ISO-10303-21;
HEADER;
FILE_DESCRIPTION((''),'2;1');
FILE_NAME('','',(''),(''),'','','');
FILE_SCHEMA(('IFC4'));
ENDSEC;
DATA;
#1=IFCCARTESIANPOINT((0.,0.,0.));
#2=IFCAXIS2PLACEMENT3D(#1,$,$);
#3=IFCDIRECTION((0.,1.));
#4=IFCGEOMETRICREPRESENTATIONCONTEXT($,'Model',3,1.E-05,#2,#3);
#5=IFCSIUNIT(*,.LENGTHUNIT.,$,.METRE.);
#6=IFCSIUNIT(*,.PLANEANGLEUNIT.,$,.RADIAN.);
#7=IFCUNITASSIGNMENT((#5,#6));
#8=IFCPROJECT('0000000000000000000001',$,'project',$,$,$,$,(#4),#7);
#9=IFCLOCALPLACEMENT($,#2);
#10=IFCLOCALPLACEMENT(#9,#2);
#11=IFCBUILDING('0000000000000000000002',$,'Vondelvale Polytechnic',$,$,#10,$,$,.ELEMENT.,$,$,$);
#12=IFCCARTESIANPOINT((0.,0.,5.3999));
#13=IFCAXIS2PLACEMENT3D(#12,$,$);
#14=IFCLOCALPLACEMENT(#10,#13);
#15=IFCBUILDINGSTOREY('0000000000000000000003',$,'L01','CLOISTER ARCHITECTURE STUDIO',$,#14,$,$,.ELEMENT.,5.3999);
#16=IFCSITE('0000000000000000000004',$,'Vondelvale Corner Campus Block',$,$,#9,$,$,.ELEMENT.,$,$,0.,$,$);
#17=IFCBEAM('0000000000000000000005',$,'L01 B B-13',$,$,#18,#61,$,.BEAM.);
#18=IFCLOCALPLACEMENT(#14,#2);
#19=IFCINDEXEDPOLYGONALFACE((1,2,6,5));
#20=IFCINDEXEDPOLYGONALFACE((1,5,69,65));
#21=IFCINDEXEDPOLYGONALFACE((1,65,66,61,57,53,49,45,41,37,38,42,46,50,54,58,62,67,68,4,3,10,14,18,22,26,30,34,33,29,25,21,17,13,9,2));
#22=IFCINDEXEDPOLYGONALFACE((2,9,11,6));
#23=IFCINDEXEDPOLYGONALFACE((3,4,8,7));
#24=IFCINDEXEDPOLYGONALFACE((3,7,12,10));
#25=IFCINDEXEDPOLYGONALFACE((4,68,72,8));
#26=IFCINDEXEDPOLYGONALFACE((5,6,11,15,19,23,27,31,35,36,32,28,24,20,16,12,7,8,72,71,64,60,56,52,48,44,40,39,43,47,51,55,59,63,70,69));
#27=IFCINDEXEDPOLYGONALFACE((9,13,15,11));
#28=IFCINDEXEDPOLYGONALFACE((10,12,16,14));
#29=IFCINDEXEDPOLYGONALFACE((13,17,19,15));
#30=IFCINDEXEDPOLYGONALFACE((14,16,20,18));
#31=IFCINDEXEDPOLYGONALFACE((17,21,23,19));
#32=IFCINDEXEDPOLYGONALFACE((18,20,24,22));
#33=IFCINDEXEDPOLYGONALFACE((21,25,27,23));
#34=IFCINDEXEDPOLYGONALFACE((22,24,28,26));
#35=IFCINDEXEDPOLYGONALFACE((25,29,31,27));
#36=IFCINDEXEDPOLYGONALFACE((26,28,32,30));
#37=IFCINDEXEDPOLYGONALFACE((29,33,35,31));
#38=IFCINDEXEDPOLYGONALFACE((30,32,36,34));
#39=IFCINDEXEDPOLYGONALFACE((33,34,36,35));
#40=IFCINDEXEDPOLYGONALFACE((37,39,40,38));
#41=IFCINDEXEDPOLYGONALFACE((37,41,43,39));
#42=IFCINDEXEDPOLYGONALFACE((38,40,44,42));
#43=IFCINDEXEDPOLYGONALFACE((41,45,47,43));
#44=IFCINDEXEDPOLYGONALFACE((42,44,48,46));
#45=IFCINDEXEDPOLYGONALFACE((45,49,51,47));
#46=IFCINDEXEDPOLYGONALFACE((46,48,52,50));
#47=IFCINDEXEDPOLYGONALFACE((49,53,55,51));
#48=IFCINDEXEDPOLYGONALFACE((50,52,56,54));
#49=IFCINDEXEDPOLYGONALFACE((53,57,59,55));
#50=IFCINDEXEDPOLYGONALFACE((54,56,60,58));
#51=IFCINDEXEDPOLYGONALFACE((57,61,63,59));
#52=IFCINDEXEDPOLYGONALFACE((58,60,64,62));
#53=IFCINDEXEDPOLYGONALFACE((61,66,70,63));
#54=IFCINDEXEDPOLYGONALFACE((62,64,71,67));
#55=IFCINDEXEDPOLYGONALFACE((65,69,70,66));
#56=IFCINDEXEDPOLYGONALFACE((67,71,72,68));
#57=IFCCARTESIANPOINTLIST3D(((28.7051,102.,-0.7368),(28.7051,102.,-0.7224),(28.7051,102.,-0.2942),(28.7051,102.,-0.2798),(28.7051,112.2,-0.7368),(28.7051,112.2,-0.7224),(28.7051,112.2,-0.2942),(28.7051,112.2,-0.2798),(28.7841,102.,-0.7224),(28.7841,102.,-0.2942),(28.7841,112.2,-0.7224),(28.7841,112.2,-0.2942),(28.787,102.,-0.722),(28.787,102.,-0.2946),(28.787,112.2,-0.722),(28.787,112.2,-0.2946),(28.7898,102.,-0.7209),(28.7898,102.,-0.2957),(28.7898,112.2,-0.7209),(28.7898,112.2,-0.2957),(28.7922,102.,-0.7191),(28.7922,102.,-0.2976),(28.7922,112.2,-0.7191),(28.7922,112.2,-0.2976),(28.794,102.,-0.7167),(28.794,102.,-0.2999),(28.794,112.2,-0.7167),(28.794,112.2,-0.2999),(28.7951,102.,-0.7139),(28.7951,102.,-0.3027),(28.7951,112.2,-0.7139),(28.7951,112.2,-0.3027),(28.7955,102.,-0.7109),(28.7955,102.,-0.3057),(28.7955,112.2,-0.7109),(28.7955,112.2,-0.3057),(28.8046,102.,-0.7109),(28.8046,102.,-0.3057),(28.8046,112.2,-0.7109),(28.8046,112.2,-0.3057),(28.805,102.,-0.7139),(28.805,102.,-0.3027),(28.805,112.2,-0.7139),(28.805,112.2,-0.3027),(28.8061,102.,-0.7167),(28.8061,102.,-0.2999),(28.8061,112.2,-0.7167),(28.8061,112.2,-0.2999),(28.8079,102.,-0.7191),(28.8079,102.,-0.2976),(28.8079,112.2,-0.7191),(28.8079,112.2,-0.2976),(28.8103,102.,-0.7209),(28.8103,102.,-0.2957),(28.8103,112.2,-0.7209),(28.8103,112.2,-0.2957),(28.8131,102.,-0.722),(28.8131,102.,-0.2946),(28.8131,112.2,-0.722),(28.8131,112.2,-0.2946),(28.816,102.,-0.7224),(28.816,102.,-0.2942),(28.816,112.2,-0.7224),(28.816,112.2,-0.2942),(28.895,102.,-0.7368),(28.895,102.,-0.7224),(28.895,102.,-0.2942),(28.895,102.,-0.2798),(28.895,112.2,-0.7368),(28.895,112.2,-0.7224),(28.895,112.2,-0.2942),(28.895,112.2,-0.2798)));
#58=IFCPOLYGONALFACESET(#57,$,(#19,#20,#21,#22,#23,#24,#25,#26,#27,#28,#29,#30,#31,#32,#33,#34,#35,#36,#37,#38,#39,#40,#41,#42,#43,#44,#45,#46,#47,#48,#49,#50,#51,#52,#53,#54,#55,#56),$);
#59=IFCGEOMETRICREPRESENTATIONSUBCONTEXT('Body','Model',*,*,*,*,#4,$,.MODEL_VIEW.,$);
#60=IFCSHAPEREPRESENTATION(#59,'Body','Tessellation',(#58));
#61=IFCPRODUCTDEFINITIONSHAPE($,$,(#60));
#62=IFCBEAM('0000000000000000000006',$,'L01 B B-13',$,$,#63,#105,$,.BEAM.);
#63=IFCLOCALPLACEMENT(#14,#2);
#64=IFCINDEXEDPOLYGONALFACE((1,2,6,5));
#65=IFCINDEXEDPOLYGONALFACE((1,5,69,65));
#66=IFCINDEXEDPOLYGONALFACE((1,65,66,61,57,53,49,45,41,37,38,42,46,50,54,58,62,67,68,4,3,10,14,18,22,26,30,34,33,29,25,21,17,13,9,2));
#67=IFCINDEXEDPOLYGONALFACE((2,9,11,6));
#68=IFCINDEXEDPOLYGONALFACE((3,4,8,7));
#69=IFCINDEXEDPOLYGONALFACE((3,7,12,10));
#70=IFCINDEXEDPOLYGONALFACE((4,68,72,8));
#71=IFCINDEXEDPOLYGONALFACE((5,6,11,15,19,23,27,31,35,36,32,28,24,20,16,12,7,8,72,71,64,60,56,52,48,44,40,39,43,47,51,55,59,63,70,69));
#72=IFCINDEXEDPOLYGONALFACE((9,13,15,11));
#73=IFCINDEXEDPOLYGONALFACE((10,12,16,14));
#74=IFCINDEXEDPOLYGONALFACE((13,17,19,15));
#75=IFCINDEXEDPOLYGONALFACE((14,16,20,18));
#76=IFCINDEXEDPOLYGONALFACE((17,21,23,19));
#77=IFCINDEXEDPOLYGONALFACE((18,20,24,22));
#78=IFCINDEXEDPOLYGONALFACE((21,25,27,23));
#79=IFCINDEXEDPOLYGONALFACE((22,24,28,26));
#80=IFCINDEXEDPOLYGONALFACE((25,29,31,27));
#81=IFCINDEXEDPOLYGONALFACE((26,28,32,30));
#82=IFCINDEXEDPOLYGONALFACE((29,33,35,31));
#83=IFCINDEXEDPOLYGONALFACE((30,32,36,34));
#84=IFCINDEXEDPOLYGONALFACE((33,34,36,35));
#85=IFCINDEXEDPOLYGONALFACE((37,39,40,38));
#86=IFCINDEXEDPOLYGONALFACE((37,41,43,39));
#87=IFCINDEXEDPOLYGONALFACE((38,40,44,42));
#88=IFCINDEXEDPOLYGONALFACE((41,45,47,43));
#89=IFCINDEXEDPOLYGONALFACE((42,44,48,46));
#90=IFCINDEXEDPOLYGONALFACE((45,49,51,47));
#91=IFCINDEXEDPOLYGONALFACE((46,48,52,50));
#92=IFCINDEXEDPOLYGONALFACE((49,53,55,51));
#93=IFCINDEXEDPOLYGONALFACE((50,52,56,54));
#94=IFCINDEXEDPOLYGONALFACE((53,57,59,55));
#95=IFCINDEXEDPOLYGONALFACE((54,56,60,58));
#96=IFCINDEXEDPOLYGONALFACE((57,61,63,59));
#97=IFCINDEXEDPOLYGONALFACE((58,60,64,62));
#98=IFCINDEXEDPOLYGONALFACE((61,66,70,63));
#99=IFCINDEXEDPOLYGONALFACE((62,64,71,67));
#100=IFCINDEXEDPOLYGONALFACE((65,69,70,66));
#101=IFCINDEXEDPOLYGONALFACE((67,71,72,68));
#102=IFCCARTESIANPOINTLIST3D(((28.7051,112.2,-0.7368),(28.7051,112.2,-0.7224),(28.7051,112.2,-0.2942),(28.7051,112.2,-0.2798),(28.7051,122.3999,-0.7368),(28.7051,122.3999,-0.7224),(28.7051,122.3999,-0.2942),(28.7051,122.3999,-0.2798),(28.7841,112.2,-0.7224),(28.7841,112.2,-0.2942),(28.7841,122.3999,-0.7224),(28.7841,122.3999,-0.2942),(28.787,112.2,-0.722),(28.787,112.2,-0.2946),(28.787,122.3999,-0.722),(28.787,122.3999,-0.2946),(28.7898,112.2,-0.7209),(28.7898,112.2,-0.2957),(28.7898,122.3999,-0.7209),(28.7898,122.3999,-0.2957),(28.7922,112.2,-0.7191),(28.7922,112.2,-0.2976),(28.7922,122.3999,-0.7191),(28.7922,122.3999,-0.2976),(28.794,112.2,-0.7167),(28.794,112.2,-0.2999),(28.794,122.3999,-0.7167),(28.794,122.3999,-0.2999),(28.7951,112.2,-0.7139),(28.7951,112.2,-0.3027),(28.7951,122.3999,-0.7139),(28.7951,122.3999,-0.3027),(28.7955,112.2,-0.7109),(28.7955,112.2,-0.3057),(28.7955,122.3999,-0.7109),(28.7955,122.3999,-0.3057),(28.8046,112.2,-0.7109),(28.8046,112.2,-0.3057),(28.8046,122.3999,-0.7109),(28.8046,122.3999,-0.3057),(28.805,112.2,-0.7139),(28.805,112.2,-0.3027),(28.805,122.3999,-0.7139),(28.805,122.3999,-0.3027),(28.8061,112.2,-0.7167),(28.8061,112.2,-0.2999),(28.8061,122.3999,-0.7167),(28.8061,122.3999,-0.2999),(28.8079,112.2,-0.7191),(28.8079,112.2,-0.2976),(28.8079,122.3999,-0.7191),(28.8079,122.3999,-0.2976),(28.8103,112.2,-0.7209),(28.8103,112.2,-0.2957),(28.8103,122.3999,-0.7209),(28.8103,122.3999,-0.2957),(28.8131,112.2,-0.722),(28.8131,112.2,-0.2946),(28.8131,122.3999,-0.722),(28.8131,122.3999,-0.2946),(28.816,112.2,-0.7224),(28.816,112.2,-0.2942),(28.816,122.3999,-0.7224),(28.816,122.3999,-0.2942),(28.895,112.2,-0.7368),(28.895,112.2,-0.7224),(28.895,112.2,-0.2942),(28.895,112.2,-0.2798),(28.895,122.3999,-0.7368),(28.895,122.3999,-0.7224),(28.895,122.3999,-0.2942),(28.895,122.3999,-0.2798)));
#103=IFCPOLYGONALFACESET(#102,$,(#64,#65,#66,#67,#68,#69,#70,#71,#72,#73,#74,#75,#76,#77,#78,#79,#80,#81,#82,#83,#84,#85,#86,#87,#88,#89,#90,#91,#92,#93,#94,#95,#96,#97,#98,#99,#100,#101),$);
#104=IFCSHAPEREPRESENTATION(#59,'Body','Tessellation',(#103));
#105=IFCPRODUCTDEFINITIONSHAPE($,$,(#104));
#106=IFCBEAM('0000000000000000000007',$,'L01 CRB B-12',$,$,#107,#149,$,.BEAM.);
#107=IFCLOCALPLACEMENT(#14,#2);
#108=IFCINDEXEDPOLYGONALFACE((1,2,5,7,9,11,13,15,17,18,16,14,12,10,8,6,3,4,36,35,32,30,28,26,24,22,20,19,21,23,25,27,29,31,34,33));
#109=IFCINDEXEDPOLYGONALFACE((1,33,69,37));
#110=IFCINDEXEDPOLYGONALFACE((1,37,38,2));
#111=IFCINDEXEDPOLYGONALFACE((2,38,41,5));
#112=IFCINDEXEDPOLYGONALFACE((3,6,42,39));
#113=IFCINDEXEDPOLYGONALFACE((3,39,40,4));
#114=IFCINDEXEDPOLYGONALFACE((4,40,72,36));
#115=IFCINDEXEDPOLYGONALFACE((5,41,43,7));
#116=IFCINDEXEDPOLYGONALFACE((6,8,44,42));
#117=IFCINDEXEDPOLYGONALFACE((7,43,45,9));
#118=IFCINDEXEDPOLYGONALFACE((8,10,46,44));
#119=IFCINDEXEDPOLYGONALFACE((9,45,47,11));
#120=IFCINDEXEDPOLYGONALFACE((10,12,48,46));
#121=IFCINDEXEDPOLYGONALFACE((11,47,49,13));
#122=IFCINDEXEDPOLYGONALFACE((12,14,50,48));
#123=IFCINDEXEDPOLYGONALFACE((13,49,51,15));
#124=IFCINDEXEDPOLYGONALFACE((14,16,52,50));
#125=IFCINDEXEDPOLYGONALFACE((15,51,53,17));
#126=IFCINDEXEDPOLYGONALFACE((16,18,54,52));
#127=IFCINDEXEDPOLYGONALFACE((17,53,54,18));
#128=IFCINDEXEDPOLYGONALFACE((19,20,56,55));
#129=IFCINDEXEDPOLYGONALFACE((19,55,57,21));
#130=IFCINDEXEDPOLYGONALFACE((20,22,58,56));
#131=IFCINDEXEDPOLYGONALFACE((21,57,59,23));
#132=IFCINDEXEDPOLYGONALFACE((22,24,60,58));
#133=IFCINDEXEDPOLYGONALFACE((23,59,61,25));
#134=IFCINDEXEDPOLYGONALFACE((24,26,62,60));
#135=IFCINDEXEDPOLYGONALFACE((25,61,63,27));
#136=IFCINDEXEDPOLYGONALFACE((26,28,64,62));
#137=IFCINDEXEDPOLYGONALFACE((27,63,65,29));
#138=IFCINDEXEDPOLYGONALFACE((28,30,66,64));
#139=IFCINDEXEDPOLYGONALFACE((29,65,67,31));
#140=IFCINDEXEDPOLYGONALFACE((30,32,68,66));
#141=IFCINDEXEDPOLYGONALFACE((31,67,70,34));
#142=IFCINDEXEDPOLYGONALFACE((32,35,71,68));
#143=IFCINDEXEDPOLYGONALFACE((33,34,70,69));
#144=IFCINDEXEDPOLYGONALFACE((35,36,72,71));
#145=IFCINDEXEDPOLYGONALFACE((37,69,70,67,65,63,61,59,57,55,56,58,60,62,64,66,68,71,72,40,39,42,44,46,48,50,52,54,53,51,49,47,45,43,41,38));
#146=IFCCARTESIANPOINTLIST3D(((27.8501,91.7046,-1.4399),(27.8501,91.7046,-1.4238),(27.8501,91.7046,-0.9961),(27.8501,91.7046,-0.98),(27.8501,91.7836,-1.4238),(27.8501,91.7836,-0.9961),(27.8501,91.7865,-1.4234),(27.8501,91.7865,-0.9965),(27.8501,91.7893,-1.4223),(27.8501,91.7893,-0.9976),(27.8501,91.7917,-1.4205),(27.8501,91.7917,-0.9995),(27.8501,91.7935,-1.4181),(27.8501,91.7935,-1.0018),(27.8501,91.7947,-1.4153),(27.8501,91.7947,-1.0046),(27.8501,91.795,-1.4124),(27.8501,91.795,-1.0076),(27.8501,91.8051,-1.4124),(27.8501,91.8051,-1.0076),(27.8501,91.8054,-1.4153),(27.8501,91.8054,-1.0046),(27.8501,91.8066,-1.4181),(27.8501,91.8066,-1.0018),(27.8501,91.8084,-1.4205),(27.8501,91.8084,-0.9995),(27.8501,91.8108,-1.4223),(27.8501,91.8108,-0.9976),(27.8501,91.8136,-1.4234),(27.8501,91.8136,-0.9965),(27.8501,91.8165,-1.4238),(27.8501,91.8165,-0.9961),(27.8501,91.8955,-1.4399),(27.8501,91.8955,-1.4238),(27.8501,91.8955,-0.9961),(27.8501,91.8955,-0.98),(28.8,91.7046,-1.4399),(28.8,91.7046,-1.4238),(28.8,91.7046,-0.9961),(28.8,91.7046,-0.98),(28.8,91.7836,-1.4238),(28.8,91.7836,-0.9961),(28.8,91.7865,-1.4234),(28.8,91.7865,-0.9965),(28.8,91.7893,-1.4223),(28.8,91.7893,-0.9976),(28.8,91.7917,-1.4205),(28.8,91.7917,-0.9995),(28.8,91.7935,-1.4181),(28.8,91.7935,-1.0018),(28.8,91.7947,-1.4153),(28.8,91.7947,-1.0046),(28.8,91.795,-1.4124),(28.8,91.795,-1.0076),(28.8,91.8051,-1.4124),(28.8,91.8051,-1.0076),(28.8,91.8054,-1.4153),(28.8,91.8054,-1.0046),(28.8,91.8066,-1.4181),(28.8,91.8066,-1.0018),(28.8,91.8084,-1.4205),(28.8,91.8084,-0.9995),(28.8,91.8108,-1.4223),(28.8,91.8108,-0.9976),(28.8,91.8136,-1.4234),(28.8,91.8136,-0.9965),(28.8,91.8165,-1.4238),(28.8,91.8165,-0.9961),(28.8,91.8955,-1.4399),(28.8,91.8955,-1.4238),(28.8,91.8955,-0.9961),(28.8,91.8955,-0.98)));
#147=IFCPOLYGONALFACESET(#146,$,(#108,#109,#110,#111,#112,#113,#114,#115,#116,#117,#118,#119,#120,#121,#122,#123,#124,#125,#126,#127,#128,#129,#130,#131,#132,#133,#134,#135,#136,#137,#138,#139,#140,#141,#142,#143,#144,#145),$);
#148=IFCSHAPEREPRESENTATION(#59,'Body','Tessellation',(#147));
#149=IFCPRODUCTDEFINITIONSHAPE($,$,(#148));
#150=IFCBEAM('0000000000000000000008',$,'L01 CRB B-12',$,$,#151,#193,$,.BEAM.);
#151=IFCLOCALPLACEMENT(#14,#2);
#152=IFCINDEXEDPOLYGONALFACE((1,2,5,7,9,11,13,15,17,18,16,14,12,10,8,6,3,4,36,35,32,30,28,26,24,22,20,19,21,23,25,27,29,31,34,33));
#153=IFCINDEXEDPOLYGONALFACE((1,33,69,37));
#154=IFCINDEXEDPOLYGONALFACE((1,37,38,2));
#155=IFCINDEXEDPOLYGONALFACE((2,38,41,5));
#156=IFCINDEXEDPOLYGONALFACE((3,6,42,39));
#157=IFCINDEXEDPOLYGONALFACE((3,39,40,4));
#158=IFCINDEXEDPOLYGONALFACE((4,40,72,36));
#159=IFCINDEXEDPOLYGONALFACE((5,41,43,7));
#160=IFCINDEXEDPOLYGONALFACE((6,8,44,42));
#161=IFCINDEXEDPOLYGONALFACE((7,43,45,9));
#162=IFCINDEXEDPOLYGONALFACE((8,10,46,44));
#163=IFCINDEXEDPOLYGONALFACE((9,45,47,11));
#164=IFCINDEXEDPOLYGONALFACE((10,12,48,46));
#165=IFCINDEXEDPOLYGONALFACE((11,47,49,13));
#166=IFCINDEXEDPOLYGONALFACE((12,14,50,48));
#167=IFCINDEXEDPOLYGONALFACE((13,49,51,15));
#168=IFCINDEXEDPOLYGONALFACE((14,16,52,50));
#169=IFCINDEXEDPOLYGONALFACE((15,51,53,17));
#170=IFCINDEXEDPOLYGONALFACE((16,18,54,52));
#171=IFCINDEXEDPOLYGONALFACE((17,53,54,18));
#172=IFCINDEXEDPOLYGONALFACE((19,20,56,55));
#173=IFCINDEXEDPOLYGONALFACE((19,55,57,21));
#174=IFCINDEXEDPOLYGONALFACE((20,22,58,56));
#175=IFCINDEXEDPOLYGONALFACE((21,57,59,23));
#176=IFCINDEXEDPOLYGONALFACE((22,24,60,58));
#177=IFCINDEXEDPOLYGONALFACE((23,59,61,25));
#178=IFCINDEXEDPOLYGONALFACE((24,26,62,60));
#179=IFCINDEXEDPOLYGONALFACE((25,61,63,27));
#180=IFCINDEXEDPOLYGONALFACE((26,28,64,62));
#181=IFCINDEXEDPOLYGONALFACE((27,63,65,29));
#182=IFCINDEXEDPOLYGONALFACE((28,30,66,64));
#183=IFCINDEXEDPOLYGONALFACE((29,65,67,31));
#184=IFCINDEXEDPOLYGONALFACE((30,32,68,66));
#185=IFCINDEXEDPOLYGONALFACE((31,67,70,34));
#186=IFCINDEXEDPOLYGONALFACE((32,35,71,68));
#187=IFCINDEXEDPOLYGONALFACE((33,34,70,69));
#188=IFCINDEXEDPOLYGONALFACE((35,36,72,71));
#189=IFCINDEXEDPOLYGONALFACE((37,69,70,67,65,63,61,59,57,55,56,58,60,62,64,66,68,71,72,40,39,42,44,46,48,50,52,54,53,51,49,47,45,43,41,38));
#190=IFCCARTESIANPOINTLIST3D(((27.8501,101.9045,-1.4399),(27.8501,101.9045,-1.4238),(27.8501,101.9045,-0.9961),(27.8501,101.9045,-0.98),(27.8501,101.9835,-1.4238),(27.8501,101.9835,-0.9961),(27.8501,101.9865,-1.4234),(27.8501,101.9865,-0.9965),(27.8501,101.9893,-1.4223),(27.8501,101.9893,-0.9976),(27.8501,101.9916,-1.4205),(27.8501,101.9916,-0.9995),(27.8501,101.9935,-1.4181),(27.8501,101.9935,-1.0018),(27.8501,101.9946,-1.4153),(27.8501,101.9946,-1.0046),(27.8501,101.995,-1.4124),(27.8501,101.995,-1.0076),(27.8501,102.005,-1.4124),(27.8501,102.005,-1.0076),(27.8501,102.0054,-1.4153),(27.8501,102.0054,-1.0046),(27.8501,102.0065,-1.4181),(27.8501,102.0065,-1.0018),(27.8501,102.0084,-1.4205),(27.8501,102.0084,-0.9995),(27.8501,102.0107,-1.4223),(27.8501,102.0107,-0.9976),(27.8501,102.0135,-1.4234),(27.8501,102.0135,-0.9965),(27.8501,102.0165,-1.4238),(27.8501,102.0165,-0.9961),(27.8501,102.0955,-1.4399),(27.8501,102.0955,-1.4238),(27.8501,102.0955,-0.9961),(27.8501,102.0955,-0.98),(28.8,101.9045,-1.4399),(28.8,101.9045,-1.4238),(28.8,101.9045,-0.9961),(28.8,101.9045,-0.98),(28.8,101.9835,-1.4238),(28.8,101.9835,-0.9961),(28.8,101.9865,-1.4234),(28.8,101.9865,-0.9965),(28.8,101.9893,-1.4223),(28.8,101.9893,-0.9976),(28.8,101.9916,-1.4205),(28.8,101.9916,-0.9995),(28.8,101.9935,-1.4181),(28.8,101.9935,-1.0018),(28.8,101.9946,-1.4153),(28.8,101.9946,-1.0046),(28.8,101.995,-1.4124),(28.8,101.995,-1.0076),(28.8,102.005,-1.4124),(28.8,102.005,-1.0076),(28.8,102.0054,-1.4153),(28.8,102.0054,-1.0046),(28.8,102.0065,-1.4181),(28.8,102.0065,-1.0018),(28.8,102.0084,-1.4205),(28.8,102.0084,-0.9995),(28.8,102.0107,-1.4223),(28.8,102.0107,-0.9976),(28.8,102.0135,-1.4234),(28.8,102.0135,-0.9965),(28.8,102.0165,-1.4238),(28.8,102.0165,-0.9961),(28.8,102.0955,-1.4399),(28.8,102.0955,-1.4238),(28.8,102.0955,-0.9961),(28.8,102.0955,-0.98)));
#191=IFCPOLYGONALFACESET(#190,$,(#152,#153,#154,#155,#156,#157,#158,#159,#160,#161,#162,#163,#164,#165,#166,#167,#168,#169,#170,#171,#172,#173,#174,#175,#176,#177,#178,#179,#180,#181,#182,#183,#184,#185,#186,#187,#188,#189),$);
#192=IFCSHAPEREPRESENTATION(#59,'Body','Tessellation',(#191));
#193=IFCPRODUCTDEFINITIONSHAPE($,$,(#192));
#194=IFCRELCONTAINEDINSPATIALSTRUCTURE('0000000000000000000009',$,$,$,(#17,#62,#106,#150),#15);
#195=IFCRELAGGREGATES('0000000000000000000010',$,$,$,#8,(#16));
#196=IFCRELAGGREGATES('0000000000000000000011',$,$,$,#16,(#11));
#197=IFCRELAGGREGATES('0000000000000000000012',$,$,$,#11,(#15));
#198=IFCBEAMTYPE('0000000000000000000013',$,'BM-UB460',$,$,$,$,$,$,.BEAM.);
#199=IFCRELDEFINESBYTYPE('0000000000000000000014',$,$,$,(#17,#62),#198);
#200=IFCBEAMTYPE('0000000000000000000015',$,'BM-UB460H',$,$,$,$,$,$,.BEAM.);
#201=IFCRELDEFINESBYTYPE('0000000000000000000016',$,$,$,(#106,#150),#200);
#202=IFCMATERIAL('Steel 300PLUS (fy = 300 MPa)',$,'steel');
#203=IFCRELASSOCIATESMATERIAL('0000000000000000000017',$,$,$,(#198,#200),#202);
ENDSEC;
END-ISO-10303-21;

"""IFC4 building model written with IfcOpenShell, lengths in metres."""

from ifc_helpers import new_model, si_unit, direction, frame, origin, origin_2d, place, context, subcontext, project, spatial, i_section, extrude, material, material_profile, profile_set, type_object, element, save


model = new_model("IFC4")

# Units and contexts
model_context = context("Model", 3, precision=1e-05, world=origin(), true_north=direction((0.0, 1.0)))
body_context = subcontext(model_context, "Body", "Model", "MODEL_VIEW")
ifc_project = project(units=[si_unit("LENGTHUNIT", "METRE"), si_unit("PLANEANGLEUNIT", "RADIAN")], contexts=[model_context])

# Site, building, storey
site_placement = place(None, origin())
site = spatial("IfcSite", under=ifc_project, at=site_placement, Name="Vondelvale Corner Campus Block", CompositionType="ELEMENT", RefElevation=0.0)
building_placement = place(site_placement, origin())
building = spatial("IfcBuilding", under=site, at=building_placement, Name="Vondelvale Polytechnic", CompositionType="ELEMENT")
storey_placement = place(building_placement, frame((0.0, 0.0, 5.3999)))
storey = spatial("IfcBuildingStorey", under=building, at=storey_placement, Name="L01", Description="CLOISTER ARCHITECTURE STUDIO", CompositionType="ELEMENT", Elevation=5.3999)

# Shared definitions
ifc_material_1 = material(Name="Steel 300PLUS (fy = 300 MPa)", Category="steel")

# Beams
ifc_material_profile_1 = material_profile(ifc_material_1, i_section(OverallWidth=0.1899, OverallDepth=0.457, WebThickness=0.009, FlangeThickness=0.0144, FilletRadius=0.0115, at=origin_2d()), Name="460UB74.6")
ifc_profile_set_1 = profile_set([ifc_material_profile_1], Name="Steel 300PLUS (fy = 300 MPa)")
beam_type_1 = type_object("IfcBeamType", Name="BM-UB460", PredefinedType="BEAM", material=ifc_profile_set_1)
for number, where, z_axis, x_axis, name in (
    (1, (28.8, 102.0, -0.5083), (0.0, 1.0, 0.0), (-1.0, 0.0, 0.0), "L01 B B-13"),
    (2, (28.8, 112.2, -0.5083), (0.0, 1.0, 0.0), (-1.0, 0.0, 0.0), "L01 B B-13"),
):
    element("IfcBeam", number, at=place(storey_placement, frame(where, z_axis=z_axis, x_axis=x_axis)), inside=storey, type_object=beam_type_1, Name=name, PredefinedType="BEAM", context=body_context, shape_type="SweptSolid", body=[
        extrude(i_section(OverallWidth=0.1899, OverallDepth=0.457, WebThickness=0.009, FlangeThickness=0.0144, FilletRadius=0.0115, at=origin_2d()), origin(), (0.0, 0.0, 1.0), 10.2),
    ])
ifc_material_profile_2 = material_profile(ifc_material_1, i_section(OverallWidth=0.1909, OverallDepth=0.46, WebThickness=0.01, FlangeThickness=0.0161, FilletRadius=0.0115, at=origin_2d()), Name="460UB82.1")
ifc_profile_set_2 = profile_set([ifc_material_profile_2], Name="Steel 300PLUS (fy = 300 MPa)")
beam_type_2 = type_object("IfcBeamType", Name="BM-UB460H", PredefinedType="BEAM", material=ifc_profile_set_2)
for number, where, z_axis, x_axis, name in (
    (3, (27.8501, 91.8, -1.21), (1.0, 0.0, 0.0), (0.0, 1.0, 0.0), "L01 CRB B-12"),
    (4, (27.8501, 102.0, -1.21), (1.0, 0.0, 0.0), (0.0, 1.0, 0.0), "L01 CRB B-12"),
):
    element("IfcBeam", number, at=place(storey_placement, frame(where, z_axis=z_axis, x_axis=x_axis)), inside=storey, type_object=beam_type_2, Name=name, PredefinedType="BEAM", context=body_context, shape_type="SweptSolid", body=[
        extrude(i_section(OverallWidth=0.1909, OverallDepth=0.46, WebThickness=0.01, FlangeThickness=0.0161, FilletRadius=0.0115, at=origin_2d()), origin(), (0.0, 0.0, 1.0), 0.95),
    ])

save(model, "model.ifc")
